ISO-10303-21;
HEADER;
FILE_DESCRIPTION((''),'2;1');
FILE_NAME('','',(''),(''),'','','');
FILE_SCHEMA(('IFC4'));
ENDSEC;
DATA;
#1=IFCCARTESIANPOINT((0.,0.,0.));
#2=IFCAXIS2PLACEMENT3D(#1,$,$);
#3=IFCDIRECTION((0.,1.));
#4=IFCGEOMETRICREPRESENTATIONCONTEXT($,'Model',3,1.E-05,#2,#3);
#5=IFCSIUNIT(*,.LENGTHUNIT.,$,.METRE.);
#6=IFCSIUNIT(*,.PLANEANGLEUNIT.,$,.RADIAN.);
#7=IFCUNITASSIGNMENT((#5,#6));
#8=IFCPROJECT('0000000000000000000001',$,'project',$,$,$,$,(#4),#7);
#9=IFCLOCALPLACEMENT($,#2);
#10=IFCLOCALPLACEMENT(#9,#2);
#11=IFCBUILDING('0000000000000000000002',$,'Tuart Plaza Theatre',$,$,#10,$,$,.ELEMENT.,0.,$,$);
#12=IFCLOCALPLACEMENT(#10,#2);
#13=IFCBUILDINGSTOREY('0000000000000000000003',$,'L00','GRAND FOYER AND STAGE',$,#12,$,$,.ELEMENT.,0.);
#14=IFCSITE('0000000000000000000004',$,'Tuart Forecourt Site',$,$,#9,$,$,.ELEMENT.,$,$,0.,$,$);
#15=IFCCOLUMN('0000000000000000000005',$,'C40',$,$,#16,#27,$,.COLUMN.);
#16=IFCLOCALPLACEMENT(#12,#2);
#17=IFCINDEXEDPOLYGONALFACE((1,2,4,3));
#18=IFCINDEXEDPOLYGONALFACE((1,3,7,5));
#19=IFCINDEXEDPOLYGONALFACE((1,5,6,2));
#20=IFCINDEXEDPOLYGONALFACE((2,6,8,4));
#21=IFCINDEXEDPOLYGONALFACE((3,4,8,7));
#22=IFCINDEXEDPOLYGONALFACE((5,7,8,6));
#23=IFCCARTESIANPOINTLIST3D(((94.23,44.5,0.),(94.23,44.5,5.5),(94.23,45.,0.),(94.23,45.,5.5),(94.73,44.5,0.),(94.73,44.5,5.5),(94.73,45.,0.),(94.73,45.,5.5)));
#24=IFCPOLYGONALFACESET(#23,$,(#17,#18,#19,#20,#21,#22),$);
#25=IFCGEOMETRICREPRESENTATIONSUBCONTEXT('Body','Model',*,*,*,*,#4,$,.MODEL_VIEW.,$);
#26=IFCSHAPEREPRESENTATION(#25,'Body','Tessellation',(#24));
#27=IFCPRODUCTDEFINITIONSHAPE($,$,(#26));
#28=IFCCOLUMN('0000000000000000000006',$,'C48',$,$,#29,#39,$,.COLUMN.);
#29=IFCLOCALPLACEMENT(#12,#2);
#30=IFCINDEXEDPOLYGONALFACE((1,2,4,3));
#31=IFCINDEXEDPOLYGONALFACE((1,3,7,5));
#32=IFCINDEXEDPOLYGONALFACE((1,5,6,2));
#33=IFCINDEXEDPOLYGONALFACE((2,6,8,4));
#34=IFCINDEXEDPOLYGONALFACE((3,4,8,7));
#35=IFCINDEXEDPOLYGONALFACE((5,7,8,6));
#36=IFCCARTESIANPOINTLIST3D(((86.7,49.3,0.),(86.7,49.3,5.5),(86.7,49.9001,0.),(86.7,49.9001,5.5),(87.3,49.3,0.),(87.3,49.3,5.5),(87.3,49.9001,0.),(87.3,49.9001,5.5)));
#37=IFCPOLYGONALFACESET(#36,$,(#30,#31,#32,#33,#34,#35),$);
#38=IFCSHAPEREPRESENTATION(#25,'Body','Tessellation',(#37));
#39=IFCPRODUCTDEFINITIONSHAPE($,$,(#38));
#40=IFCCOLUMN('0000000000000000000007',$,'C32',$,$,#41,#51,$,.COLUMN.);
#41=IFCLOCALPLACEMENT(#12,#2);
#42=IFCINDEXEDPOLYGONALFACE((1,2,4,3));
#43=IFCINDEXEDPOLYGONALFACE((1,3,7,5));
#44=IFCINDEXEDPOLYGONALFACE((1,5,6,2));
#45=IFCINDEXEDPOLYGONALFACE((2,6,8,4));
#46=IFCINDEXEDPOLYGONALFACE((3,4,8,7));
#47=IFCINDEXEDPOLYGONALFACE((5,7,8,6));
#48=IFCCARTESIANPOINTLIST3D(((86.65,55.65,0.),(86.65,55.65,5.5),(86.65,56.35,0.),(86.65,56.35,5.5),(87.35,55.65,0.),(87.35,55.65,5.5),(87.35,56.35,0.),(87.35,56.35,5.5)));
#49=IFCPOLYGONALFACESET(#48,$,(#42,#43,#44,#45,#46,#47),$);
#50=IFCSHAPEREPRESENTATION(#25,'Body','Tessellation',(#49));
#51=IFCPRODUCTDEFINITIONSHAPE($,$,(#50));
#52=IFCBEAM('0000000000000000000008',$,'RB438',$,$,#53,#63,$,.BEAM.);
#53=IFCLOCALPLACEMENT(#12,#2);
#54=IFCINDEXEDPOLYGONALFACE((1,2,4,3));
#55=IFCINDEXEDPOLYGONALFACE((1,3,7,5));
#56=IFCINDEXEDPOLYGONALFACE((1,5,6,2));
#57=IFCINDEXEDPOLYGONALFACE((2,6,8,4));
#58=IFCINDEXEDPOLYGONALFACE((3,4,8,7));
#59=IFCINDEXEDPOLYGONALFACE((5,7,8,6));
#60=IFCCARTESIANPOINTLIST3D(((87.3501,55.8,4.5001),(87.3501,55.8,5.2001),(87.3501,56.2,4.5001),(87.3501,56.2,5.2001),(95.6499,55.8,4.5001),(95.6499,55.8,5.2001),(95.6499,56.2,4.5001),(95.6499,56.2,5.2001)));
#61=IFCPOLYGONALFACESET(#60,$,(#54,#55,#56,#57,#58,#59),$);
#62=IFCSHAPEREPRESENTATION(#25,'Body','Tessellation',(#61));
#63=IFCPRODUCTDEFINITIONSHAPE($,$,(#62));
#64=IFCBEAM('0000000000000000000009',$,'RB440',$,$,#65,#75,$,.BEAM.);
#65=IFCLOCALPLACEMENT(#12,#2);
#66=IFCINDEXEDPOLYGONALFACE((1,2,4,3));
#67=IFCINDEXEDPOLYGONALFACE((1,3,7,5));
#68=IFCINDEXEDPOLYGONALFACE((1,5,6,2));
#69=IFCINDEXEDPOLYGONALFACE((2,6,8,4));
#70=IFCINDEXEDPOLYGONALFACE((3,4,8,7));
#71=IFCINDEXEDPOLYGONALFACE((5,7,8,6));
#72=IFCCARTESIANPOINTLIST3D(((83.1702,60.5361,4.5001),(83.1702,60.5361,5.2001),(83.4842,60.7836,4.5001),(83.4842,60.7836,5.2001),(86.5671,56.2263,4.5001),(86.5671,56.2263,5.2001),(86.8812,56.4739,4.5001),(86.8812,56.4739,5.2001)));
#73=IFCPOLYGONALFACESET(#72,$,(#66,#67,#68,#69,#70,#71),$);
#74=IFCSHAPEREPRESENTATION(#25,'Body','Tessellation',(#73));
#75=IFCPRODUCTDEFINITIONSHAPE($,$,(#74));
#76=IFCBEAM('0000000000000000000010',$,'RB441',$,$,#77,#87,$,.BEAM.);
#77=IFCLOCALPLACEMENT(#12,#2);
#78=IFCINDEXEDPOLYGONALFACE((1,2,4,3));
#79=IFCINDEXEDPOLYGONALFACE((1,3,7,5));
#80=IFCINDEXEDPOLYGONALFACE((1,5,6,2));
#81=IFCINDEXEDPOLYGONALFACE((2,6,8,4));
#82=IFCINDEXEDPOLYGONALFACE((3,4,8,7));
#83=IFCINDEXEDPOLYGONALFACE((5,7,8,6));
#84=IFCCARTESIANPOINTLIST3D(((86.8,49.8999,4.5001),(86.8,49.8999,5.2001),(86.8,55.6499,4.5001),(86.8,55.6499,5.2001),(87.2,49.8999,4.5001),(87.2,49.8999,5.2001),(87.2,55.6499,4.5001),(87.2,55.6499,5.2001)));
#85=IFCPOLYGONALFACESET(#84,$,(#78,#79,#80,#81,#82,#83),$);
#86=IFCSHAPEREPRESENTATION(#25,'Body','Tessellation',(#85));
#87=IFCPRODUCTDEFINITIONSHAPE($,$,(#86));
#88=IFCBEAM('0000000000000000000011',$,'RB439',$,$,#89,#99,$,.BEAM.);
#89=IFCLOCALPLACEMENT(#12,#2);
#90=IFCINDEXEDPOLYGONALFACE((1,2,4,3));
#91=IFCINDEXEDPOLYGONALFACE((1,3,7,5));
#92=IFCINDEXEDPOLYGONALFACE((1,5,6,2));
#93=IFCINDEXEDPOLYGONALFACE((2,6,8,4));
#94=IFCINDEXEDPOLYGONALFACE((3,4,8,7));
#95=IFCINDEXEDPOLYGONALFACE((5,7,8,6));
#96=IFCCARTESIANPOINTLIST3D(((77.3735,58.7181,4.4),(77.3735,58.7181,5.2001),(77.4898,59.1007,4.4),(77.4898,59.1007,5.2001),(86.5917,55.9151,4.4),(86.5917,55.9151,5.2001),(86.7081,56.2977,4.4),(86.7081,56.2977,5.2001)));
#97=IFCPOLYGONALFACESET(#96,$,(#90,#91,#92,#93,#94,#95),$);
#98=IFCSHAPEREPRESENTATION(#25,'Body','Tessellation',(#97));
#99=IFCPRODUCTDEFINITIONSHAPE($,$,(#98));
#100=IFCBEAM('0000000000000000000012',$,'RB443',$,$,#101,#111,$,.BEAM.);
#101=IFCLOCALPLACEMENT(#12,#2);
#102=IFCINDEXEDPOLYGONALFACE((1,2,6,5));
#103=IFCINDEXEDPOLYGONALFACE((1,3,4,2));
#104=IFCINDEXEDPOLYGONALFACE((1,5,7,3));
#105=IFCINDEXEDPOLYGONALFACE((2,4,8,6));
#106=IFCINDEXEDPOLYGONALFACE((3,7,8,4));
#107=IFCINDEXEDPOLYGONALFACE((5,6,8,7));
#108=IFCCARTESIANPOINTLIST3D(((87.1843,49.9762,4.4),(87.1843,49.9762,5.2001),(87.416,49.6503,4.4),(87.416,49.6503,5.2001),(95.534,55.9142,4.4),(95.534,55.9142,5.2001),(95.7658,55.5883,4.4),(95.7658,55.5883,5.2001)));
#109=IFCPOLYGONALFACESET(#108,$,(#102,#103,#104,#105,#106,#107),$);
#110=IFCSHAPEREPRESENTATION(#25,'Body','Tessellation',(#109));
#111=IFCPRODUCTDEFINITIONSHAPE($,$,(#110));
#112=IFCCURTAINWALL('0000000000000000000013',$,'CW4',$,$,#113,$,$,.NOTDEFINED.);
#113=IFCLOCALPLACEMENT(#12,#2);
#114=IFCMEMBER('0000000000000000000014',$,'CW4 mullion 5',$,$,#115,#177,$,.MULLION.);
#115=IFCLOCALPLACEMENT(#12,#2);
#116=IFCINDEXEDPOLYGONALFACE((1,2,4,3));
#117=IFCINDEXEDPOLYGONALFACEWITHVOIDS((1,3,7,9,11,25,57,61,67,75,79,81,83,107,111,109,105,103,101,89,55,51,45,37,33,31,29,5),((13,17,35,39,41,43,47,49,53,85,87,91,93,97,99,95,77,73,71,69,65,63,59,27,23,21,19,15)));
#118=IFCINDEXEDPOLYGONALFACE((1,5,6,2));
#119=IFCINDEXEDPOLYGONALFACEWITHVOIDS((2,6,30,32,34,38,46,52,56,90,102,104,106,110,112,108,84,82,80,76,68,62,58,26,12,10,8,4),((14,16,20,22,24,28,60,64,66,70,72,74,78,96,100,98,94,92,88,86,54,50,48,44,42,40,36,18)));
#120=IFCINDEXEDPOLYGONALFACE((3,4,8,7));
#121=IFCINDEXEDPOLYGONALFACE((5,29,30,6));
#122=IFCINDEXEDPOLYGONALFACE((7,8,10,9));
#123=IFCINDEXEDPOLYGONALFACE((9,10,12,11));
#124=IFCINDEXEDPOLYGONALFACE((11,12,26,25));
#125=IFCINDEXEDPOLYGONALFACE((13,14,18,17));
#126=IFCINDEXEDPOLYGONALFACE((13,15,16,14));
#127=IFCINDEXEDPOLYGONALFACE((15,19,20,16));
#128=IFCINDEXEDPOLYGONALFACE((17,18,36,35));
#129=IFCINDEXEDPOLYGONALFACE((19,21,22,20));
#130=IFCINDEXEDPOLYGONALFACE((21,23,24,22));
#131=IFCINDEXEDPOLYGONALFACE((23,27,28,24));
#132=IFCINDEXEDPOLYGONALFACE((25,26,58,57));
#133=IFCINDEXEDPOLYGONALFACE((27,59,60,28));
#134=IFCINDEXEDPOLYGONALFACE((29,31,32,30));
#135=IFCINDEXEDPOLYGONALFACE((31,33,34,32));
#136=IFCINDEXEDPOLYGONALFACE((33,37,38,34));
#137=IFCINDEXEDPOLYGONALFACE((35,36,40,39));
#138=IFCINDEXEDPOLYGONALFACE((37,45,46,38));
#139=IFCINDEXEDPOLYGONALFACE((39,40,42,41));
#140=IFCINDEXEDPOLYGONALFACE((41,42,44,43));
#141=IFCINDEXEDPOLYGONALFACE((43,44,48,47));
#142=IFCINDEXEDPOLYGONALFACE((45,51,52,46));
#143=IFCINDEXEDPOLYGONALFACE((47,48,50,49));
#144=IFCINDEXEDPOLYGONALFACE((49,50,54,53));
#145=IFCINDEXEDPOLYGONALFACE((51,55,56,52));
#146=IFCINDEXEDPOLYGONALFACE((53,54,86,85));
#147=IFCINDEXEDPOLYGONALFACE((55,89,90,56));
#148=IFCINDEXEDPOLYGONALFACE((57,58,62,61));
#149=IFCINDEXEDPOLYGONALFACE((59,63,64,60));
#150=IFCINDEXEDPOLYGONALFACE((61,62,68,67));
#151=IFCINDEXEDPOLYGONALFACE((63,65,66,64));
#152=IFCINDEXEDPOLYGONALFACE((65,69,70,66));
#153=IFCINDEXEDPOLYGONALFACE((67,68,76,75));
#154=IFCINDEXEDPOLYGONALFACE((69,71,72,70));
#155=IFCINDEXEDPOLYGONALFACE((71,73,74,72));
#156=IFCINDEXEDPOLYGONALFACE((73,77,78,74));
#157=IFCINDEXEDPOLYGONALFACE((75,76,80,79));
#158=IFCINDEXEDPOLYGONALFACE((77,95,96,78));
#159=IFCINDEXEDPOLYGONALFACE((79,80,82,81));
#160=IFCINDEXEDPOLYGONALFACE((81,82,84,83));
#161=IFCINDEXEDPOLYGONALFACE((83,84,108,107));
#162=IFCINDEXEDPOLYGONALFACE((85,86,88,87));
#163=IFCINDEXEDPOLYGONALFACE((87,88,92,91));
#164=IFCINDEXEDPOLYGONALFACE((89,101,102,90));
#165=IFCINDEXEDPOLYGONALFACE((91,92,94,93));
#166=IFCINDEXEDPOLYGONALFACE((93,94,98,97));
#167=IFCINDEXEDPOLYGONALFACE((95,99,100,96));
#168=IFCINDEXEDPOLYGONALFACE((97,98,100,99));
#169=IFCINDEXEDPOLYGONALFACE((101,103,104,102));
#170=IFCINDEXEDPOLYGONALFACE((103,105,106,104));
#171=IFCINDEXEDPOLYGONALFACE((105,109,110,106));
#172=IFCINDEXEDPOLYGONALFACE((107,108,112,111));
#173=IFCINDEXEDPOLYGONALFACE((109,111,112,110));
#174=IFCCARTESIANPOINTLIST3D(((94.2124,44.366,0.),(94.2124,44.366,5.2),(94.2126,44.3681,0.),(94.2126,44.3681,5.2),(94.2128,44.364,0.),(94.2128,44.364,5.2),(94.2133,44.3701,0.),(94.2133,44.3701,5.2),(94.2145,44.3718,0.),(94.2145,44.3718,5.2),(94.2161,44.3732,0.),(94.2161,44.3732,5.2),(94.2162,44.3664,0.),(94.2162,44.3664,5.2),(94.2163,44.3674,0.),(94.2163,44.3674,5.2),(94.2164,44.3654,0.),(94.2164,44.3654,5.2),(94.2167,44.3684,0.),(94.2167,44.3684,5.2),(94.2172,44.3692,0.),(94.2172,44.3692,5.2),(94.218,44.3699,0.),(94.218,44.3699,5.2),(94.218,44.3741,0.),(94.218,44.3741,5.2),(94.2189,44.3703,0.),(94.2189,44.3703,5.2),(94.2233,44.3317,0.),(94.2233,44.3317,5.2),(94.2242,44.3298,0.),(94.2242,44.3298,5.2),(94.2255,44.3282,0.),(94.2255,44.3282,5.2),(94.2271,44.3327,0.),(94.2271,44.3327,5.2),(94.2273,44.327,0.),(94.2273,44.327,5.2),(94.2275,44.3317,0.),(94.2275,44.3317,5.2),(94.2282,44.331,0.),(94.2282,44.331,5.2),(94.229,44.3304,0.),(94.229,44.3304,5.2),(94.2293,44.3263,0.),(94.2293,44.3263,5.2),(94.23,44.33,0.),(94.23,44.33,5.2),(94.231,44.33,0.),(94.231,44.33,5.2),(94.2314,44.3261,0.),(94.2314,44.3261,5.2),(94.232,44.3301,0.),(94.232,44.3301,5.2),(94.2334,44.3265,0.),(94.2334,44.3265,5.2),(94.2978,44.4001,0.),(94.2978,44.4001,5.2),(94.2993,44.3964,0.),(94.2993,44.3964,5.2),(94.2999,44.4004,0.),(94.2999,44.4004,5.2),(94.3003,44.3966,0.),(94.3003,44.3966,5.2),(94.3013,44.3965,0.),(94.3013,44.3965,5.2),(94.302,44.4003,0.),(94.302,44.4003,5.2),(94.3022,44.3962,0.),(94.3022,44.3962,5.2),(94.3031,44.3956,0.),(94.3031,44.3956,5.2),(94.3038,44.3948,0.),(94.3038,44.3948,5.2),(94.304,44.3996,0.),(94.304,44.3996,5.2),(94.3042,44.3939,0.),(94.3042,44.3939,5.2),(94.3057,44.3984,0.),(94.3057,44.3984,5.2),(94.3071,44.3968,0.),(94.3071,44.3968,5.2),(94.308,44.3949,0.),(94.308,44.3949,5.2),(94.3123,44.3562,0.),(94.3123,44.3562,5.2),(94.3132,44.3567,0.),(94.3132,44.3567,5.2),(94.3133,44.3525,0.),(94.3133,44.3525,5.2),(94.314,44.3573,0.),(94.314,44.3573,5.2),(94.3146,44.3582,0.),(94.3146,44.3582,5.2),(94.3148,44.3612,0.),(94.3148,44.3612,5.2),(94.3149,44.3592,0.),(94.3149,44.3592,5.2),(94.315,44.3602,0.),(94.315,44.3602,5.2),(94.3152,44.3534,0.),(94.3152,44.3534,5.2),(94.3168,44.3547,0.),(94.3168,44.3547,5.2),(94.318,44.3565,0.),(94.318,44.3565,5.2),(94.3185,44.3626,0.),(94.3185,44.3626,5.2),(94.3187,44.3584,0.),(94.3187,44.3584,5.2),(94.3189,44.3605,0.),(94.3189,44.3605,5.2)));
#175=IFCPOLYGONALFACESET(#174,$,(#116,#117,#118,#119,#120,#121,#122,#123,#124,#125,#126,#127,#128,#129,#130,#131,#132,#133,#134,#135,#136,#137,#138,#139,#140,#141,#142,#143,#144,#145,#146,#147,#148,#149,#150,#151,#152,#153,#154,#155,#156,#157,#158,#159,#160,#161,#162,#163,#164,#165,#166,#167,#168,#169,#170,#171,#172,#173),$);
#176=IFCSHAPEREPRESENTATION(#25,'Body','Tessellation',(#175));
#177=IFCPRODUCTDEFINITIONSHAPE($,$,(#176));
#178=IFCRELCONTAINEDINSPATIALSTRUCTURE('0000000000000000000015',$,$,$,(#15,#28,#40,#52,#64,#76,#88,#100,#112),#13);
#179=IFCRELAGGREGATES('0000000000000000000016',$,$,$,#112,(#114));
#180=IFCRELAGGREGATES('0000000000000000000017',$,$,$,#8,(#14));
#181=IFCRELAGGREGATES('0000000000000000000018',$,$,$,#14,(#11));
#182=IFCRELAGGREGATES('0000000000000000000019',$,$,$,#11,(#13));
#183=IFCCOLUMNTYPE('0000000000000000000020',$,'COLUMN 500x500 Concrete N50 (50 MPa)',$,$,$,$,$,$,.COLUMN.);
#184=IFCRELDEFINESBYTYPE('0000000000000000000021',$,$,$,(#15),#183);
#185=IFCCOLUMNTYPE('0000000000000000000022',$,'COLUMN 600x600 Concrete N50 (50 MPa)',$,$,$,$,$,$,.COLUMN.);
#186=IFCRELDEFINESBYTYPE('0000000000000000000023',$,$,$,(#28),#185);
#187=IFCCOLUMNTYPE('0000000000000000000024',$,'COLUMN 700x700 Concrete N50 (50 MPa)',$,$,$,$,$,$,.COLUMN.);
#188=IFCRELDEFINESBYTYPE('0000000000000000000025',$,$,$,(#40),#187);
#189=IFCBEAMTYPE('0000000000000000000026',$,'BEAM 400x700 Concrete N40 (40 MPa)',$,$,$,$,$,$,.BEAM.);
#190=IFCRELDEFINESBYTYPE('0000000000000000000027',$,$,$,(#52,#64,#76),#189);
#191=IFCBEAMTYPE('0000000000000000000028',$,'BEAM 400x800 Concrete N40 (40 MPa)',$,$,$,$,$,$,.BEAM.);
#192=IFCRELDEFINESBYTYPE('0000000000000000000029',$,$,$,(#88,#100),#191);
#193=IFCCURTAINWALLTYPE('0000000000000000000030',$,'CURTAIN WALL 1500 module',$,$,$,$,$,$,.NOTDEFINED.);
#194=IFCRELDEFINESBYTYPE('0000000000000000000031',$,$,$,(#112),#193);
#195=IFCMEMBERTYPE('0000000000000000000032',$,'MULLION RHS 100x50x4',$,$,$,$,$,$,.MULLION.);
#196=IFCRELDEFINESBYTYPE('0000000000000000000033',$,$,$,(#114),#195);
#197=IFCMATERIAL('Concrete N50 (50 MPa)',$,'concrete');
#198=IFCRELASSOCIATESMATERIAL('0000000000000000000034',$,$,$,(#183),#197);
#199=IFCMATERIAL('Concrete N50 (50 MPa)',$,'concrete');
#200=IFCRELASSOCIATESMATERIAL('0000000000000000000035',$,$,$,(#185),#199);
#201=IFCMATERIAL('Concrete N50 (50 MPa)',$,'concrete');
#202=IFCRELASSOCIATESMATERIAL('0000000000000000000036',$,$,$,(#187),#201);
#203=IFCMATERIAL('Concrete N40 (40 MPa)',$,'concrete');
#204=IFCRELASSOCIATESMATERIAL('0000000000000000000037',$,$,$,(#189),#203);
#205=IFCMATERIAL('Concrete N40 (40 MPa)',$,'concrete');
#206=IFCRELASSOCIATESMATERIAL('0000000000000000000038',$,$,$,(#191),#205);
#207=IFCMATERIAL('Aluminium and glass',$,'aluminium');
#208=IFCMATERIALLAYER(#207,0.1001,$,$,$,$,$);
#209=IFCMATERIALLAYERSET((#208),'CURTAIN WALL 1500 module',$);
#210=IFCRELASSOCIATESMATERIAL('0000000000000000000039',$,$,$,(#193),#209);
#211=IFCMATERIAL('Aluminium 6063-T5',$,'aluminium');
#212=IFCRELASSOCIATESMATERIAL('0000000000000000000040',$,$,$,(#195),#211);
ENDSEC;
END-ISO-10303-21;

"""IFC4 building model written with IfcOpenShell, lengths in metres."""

from ifc_helpers import new_model, si_unit, direction, frame, origin, origin_2d, place, context, subcontext, project, spatial, rectangle, hollow_rectangle, extrude, material, layer, layer_set, material_profile, profile_set, type_object, element, aggregate, save


model = new_model("IFC4")

# Units and contexts
model_context = context("Model", 3, precision=1e-05, world=origin(), true_north=direction((0.0, 1.0)))
body_context = subcontext(model_context, "Body", "Model", "MODEL_VIEW")
ifc_project = project(units=[si_unit("LENGTHUNIT", "METRE"), si_unit("PLANEANGLEUNIT", "RADIAN")], contexts=[model_context])

# Site, building, storey
site_placement = place(None, origin())
site = spatial("IfcSite", under=ifc_project, at=site_placement, Name="Tuart Forecourt Site", CompositionType="ELEMENT", RefElevation=0.0)
building_placement = place(site_placement, origin())
building = spatial("IfcBuilding", under=site, at=building_placement, Name="Tuart Plaza Theatre", CompositionType="ELEMENT", ElevationOfRefHeight=0.0)
storey_placement = place(building_placement, origin())
storey = spatial("IfcBuildingStorey", under=building, at=storey_placement, Name="L00", Description="GRAND FOYER AND STAGE", CompositionType="ELEMENT", Elevation=0.0)

# Columns
ifc_material_1 = material(Name="Concrete N50 (50 MPa)", Category="concrete")
ifc_material_profile_1 = material_profile(ifc_material_1, rectangle(XDim=0.5, YDim=0.5, at=origin_2d()), Name="COLUMN 500x500 Concrete N50 (50 MPa)")
ifc_profile_set_1 = profile_set([ifc_material_profile_1], Name="Concrete N50 (50 MPa)")
column_type_1 = type_object("IfcColumnType", Name="COLUMN 500x500 Concrete N50 (50 MPa)", PredefinedType="COLUMN", material=ifc_profile_set_1)
column_1_placement = place(storey_placement, frame((94.48, 44.75, 0.0), z_axis=(0.0, 0.0, 1.0), x_axis=(1.0, 0.0, 0.0)))
element("IfcColumn", 1, at=column_1_placement, inside=storey, type_object=column_type_1, Name="C40", PredefinedType="COLUMN", context=body_context, shape_type="SweptSolid", body=[
    extrude(rectangle(XDim=0.5, YDim=0.5, at=origin_2d()), origin(), (0.0, 0.0, 1.0), 5.5),
])
ifc_material_2 = material(Name="Concrete N50 (50 MPa)", Category="concrete")
ifc_material_profile_2 = material_profile(ifc_material_2, rectangle(XDim=0.6001, YDim=0.6001, at=origin_2d()), Name="COLUMN 600x600 Concrete N50 (50 MPa)")
ifc_profile_set_2 = profile_set([ifc_material_profile_2], Name="Concrete N50 (50 MPa)")
column_type_2 = type_object("IfcColumnType", Name="COLUMN 600x600 Concrete N50 (50 MPa)", PredefinedType="COLUMN", material=ifc_profile_set_2)
column_2_placement = place(storey_placement, frame((87.0, 49.6001, 0.0), z_axis=(0.0, 0.0, 1.0), x_axis=(1.0, 0.0, 0.0)))
element("IfcColumn", 2, at=column_2_placement, inside=storey, type_object=column_type_2, Name="C48", PredefinedType="COLUMN", context=body_context, shape_type="SweptSolid", body=[
    extrude(rectangle(XDim=0.6001, YDim=0.6001, at=origin_2d()), origin(), (0.0, 0.0, 1.0), 5.5),
])
ifc_material_3 = material(Name="Concrete N50 (50 MPa)", Category="concrete")
ifc_material_profile_3 = material_profile(ifc_material_3, rectangle(XDim=0.7, YDim=0.7, at=origin_2d()), Name="COLUMN 700x700 Concrete N50 (50 MPa)")
ifc_profile_set_3 = profile_set([ifc_material_profile_3], Name="Concrete N50 (50 MPa)")
column_type_3 = type_object("IfcColumnType", Name="COLUMN 700x700 Concrete N50 (50 MPa)", PredefinedType="COLUMN", material=ifc_profile_set_3)
column_3_placement = place(storey_placement, frame((87.0, 56.0, 0.0), z_axis=(0.0, 0.0, 1.0), x_axis=(1.0, 0.0, 0.0)))
element("IfcColumn", 3, at=column_3_placement, inside=storey, type_object=column_type_3, Name="C32", PredefinedType="COLUMN", context=body_context, shape_type="SweptSolid", body=[
    extrude(rectangle(XDim=0.7, YDim=0.7, at=origin_2d()), origin(), (0.0, 0.0, 1.0), 5.5),
])

# Beams
ifc_material_4 = material(Name="Concrete N40 (40 MPa)", Category="concrete")
ifc_material_profile_4 = material_profile(ifc_material_4, rectangle(XDim=0.3999, YDim=0.7, at=origin_2d()), Name="BEAM 400x700 Concrete N40 (40 MPa)")
ifc_profile_set_4 = profile_set([ifc_material_profile_4], Name="Concrete N40 (40 MPa)")
beam_type_1 = type_object("IfcBeamType", Name="BEAM 400x700 Concrete N40 (40 MPa)", PredefinedType="BEAM", material=ifc_profile_set_4)
beam_1_placement = place(storey_placement, frame((87.3501, 56.0, 4.8501), z_axis=(1.0, 0.0, 0.0), x_axis=(0.0, 1.0, 0.0)))
element("IfcBeam", 4, at=beam_1_placement, inside=storey, type_object=beam_type_1, Name="RB438", PredefinedType="BEAM", context=body_context, shape_type="SweptSolid", body=[
    extrude(rectangle(XDim=0.3999, YDim=0.7, at=origin_2d()), origin(), (0.0, 0.0, 1.0), 8.2998),
])
beam_2_placement = place(storey_placement, frame((86.7241, 56.3501, 4.8501), z_axis=(-0.619025, 0.785371, 0.0), x_axis=(-0.785371, -0.619025, 0.0)))
element("IfcBeam", 5, at=beam_2_placement, inside=storey, type_object=beam_type_1, Name="RB440", PredefinedType="BEAM", context=body_context, shape_type="SweptSolid", body=[
    extrude(rectangle(XDim=0.3999, YDim=0.7, at=origin_2d()), origin(), (0.0, 0.0, 1.0), 5.4875),
])
beam_3_placement = place(storey_placement, frame((87.0, 55.6499, 4.8501), z_axis=(0.0, -1.0, 0.0), x_axis=(1.0, 0.0, 0.0)))
element("IfcBeam", 6, at=beam_3_placement, inside=storey, type_object=beam_type_1, Name="RB441", PredefinedType="BEAM", context=body_context, shape_type="SweptSolid", body=[
    extrude(rectangle(XDim=0.3999, YDim=0.7, at=origin_2d()), origin(), (0.0, 0.0, 1.0), 5.75),
])
ifc_material_5 = material(Name="Concrete N40 (40 MPa)", Category="concrete")
ifc_material_profile_5 = material_profile(ifc_material_5, rectangle(XDim=0.3999, YDim=0.8, at=origin_2d()), Name="BEAM 400x800 Concrete N40 (40 MPa)")
ifc_profile_set_5 = profile_set([ifc_material_profile_5], Name="Concrete N40 (40 MPa)")
beam_type_2 = type_object("IfcBeamType", Name="BEAM 400x800 Concrete N40 (40 MPa)", PredefinedType="BEAM", material=ifc_profile_set_5)
beam_4_placement = place(storey_placement, frame((86.6499, 56.1064, 4.8), z_axis=(-0.956748, 0.290917, 0.0), x_axis=(-0.290917, -0.956748, 0.0)))
element("IfcBeam", 7, at=beam_4_placement, inside=storey, type_object=beam_type_2, Name="RB439", PredefinedType="BEAM", context=body_context, shape_type="SweptSolid", body=[
    extrude(rectangle(XDim=0.3999, YDim=0.8, at=origin_2d()), origin(), (0.0, 0.0, 1.0), 9.635),
])
beam_5_placement = place(storey_placement, frame((95.6499, 55.7512, 4.8), z_axis=(-0.814941, -0.579544, 0.0), x_axis=(0.579544, -0.814941, 0.0)))
element("IfcBeam", 8, at=beam_5_placement, inside=storey, type_object=beam_type_2, Name="RB443", PredefinedType="BEAM", context=body_context, shape_type="SweptSolid", body=[
    extrude(rectangle(XDim=0.3999, YDim=0.8, at=origin_2d()), origin(), (0.0, 0.0, 1.0), 10.2458),
])

# Curtain wall, member
ifc_material_6 = material(Name="Aluminium and glass", Category="aluminium")
ifc_layer_1 = layer(ifc_material_6, 0.1001)
ifc_layer_set_1 = layer_set([ifc_layer_1], Name="CURTAIN WALL 1500 module")
curtain_wall_type = type_object("IfcCurtainWallType", Name="CURTAIN WALL 1500 module", PredefinedType="NOTDEFINED", material=ifc_layer_set_1)
curtain_wall_1_placement = place(storey_placement, origin())
curtain_wall_1 = element("IfcCurtainWall", 9, at=curtain_wall_1_placement, inside=storey, type_object=curtain_wall_type, Name="CW4", PredefinedType="NOTDEFINED")
ifc_material_7 = material(Name="Aluminium 6063-T5", Category="aluminium")
ifc_material_profile_6 = material_profile(ifc_material_7, hollow_rectangle(XDim=0.05, YDim=0.1001, WallThickness=0.0039, InnerFilletRadius=0.0039, OuterFilletRadius=0.0081, at=origin_2d()), Name="RHS 100x50x4")
ifc_profile_set_6 = profile_set([ifc_material_profile_6], Name="Aluminium 6063-T5")
member_type_1 = type_object("IfcMemberType", Name="MULLION RHS 100x50x4", PredefinedType="MULLION", material=ifc_profile_set_6)
member_1_placement = place(storey_placement, frame((94.2656, 44.3633, 0.0), z_axis=(0.0, 0.0, 1.0), x_axis=(-0.309018, 0.951056, 0.0)))
member_1 = element("IfcMember", 10, at=member_1_placement, type_object=member_type_1, Name="CW4 mullion 5", PredefinedType="MULLION", context=body_context, shape_type="SweptSolid", body=[
    extrude(hollow_rectangle(XDim=0.05, YDim=0.1001, WallThickness=0.0039, InnerFilletRadius=0.0039, OuterFilletRadius=0.0081, at=origin_2d()), origin(), (0.0, 0.0, 1.0), 5.2),
])
aggregate(curtain_wall_1, [member_1])

save(model, "model.ifc")
